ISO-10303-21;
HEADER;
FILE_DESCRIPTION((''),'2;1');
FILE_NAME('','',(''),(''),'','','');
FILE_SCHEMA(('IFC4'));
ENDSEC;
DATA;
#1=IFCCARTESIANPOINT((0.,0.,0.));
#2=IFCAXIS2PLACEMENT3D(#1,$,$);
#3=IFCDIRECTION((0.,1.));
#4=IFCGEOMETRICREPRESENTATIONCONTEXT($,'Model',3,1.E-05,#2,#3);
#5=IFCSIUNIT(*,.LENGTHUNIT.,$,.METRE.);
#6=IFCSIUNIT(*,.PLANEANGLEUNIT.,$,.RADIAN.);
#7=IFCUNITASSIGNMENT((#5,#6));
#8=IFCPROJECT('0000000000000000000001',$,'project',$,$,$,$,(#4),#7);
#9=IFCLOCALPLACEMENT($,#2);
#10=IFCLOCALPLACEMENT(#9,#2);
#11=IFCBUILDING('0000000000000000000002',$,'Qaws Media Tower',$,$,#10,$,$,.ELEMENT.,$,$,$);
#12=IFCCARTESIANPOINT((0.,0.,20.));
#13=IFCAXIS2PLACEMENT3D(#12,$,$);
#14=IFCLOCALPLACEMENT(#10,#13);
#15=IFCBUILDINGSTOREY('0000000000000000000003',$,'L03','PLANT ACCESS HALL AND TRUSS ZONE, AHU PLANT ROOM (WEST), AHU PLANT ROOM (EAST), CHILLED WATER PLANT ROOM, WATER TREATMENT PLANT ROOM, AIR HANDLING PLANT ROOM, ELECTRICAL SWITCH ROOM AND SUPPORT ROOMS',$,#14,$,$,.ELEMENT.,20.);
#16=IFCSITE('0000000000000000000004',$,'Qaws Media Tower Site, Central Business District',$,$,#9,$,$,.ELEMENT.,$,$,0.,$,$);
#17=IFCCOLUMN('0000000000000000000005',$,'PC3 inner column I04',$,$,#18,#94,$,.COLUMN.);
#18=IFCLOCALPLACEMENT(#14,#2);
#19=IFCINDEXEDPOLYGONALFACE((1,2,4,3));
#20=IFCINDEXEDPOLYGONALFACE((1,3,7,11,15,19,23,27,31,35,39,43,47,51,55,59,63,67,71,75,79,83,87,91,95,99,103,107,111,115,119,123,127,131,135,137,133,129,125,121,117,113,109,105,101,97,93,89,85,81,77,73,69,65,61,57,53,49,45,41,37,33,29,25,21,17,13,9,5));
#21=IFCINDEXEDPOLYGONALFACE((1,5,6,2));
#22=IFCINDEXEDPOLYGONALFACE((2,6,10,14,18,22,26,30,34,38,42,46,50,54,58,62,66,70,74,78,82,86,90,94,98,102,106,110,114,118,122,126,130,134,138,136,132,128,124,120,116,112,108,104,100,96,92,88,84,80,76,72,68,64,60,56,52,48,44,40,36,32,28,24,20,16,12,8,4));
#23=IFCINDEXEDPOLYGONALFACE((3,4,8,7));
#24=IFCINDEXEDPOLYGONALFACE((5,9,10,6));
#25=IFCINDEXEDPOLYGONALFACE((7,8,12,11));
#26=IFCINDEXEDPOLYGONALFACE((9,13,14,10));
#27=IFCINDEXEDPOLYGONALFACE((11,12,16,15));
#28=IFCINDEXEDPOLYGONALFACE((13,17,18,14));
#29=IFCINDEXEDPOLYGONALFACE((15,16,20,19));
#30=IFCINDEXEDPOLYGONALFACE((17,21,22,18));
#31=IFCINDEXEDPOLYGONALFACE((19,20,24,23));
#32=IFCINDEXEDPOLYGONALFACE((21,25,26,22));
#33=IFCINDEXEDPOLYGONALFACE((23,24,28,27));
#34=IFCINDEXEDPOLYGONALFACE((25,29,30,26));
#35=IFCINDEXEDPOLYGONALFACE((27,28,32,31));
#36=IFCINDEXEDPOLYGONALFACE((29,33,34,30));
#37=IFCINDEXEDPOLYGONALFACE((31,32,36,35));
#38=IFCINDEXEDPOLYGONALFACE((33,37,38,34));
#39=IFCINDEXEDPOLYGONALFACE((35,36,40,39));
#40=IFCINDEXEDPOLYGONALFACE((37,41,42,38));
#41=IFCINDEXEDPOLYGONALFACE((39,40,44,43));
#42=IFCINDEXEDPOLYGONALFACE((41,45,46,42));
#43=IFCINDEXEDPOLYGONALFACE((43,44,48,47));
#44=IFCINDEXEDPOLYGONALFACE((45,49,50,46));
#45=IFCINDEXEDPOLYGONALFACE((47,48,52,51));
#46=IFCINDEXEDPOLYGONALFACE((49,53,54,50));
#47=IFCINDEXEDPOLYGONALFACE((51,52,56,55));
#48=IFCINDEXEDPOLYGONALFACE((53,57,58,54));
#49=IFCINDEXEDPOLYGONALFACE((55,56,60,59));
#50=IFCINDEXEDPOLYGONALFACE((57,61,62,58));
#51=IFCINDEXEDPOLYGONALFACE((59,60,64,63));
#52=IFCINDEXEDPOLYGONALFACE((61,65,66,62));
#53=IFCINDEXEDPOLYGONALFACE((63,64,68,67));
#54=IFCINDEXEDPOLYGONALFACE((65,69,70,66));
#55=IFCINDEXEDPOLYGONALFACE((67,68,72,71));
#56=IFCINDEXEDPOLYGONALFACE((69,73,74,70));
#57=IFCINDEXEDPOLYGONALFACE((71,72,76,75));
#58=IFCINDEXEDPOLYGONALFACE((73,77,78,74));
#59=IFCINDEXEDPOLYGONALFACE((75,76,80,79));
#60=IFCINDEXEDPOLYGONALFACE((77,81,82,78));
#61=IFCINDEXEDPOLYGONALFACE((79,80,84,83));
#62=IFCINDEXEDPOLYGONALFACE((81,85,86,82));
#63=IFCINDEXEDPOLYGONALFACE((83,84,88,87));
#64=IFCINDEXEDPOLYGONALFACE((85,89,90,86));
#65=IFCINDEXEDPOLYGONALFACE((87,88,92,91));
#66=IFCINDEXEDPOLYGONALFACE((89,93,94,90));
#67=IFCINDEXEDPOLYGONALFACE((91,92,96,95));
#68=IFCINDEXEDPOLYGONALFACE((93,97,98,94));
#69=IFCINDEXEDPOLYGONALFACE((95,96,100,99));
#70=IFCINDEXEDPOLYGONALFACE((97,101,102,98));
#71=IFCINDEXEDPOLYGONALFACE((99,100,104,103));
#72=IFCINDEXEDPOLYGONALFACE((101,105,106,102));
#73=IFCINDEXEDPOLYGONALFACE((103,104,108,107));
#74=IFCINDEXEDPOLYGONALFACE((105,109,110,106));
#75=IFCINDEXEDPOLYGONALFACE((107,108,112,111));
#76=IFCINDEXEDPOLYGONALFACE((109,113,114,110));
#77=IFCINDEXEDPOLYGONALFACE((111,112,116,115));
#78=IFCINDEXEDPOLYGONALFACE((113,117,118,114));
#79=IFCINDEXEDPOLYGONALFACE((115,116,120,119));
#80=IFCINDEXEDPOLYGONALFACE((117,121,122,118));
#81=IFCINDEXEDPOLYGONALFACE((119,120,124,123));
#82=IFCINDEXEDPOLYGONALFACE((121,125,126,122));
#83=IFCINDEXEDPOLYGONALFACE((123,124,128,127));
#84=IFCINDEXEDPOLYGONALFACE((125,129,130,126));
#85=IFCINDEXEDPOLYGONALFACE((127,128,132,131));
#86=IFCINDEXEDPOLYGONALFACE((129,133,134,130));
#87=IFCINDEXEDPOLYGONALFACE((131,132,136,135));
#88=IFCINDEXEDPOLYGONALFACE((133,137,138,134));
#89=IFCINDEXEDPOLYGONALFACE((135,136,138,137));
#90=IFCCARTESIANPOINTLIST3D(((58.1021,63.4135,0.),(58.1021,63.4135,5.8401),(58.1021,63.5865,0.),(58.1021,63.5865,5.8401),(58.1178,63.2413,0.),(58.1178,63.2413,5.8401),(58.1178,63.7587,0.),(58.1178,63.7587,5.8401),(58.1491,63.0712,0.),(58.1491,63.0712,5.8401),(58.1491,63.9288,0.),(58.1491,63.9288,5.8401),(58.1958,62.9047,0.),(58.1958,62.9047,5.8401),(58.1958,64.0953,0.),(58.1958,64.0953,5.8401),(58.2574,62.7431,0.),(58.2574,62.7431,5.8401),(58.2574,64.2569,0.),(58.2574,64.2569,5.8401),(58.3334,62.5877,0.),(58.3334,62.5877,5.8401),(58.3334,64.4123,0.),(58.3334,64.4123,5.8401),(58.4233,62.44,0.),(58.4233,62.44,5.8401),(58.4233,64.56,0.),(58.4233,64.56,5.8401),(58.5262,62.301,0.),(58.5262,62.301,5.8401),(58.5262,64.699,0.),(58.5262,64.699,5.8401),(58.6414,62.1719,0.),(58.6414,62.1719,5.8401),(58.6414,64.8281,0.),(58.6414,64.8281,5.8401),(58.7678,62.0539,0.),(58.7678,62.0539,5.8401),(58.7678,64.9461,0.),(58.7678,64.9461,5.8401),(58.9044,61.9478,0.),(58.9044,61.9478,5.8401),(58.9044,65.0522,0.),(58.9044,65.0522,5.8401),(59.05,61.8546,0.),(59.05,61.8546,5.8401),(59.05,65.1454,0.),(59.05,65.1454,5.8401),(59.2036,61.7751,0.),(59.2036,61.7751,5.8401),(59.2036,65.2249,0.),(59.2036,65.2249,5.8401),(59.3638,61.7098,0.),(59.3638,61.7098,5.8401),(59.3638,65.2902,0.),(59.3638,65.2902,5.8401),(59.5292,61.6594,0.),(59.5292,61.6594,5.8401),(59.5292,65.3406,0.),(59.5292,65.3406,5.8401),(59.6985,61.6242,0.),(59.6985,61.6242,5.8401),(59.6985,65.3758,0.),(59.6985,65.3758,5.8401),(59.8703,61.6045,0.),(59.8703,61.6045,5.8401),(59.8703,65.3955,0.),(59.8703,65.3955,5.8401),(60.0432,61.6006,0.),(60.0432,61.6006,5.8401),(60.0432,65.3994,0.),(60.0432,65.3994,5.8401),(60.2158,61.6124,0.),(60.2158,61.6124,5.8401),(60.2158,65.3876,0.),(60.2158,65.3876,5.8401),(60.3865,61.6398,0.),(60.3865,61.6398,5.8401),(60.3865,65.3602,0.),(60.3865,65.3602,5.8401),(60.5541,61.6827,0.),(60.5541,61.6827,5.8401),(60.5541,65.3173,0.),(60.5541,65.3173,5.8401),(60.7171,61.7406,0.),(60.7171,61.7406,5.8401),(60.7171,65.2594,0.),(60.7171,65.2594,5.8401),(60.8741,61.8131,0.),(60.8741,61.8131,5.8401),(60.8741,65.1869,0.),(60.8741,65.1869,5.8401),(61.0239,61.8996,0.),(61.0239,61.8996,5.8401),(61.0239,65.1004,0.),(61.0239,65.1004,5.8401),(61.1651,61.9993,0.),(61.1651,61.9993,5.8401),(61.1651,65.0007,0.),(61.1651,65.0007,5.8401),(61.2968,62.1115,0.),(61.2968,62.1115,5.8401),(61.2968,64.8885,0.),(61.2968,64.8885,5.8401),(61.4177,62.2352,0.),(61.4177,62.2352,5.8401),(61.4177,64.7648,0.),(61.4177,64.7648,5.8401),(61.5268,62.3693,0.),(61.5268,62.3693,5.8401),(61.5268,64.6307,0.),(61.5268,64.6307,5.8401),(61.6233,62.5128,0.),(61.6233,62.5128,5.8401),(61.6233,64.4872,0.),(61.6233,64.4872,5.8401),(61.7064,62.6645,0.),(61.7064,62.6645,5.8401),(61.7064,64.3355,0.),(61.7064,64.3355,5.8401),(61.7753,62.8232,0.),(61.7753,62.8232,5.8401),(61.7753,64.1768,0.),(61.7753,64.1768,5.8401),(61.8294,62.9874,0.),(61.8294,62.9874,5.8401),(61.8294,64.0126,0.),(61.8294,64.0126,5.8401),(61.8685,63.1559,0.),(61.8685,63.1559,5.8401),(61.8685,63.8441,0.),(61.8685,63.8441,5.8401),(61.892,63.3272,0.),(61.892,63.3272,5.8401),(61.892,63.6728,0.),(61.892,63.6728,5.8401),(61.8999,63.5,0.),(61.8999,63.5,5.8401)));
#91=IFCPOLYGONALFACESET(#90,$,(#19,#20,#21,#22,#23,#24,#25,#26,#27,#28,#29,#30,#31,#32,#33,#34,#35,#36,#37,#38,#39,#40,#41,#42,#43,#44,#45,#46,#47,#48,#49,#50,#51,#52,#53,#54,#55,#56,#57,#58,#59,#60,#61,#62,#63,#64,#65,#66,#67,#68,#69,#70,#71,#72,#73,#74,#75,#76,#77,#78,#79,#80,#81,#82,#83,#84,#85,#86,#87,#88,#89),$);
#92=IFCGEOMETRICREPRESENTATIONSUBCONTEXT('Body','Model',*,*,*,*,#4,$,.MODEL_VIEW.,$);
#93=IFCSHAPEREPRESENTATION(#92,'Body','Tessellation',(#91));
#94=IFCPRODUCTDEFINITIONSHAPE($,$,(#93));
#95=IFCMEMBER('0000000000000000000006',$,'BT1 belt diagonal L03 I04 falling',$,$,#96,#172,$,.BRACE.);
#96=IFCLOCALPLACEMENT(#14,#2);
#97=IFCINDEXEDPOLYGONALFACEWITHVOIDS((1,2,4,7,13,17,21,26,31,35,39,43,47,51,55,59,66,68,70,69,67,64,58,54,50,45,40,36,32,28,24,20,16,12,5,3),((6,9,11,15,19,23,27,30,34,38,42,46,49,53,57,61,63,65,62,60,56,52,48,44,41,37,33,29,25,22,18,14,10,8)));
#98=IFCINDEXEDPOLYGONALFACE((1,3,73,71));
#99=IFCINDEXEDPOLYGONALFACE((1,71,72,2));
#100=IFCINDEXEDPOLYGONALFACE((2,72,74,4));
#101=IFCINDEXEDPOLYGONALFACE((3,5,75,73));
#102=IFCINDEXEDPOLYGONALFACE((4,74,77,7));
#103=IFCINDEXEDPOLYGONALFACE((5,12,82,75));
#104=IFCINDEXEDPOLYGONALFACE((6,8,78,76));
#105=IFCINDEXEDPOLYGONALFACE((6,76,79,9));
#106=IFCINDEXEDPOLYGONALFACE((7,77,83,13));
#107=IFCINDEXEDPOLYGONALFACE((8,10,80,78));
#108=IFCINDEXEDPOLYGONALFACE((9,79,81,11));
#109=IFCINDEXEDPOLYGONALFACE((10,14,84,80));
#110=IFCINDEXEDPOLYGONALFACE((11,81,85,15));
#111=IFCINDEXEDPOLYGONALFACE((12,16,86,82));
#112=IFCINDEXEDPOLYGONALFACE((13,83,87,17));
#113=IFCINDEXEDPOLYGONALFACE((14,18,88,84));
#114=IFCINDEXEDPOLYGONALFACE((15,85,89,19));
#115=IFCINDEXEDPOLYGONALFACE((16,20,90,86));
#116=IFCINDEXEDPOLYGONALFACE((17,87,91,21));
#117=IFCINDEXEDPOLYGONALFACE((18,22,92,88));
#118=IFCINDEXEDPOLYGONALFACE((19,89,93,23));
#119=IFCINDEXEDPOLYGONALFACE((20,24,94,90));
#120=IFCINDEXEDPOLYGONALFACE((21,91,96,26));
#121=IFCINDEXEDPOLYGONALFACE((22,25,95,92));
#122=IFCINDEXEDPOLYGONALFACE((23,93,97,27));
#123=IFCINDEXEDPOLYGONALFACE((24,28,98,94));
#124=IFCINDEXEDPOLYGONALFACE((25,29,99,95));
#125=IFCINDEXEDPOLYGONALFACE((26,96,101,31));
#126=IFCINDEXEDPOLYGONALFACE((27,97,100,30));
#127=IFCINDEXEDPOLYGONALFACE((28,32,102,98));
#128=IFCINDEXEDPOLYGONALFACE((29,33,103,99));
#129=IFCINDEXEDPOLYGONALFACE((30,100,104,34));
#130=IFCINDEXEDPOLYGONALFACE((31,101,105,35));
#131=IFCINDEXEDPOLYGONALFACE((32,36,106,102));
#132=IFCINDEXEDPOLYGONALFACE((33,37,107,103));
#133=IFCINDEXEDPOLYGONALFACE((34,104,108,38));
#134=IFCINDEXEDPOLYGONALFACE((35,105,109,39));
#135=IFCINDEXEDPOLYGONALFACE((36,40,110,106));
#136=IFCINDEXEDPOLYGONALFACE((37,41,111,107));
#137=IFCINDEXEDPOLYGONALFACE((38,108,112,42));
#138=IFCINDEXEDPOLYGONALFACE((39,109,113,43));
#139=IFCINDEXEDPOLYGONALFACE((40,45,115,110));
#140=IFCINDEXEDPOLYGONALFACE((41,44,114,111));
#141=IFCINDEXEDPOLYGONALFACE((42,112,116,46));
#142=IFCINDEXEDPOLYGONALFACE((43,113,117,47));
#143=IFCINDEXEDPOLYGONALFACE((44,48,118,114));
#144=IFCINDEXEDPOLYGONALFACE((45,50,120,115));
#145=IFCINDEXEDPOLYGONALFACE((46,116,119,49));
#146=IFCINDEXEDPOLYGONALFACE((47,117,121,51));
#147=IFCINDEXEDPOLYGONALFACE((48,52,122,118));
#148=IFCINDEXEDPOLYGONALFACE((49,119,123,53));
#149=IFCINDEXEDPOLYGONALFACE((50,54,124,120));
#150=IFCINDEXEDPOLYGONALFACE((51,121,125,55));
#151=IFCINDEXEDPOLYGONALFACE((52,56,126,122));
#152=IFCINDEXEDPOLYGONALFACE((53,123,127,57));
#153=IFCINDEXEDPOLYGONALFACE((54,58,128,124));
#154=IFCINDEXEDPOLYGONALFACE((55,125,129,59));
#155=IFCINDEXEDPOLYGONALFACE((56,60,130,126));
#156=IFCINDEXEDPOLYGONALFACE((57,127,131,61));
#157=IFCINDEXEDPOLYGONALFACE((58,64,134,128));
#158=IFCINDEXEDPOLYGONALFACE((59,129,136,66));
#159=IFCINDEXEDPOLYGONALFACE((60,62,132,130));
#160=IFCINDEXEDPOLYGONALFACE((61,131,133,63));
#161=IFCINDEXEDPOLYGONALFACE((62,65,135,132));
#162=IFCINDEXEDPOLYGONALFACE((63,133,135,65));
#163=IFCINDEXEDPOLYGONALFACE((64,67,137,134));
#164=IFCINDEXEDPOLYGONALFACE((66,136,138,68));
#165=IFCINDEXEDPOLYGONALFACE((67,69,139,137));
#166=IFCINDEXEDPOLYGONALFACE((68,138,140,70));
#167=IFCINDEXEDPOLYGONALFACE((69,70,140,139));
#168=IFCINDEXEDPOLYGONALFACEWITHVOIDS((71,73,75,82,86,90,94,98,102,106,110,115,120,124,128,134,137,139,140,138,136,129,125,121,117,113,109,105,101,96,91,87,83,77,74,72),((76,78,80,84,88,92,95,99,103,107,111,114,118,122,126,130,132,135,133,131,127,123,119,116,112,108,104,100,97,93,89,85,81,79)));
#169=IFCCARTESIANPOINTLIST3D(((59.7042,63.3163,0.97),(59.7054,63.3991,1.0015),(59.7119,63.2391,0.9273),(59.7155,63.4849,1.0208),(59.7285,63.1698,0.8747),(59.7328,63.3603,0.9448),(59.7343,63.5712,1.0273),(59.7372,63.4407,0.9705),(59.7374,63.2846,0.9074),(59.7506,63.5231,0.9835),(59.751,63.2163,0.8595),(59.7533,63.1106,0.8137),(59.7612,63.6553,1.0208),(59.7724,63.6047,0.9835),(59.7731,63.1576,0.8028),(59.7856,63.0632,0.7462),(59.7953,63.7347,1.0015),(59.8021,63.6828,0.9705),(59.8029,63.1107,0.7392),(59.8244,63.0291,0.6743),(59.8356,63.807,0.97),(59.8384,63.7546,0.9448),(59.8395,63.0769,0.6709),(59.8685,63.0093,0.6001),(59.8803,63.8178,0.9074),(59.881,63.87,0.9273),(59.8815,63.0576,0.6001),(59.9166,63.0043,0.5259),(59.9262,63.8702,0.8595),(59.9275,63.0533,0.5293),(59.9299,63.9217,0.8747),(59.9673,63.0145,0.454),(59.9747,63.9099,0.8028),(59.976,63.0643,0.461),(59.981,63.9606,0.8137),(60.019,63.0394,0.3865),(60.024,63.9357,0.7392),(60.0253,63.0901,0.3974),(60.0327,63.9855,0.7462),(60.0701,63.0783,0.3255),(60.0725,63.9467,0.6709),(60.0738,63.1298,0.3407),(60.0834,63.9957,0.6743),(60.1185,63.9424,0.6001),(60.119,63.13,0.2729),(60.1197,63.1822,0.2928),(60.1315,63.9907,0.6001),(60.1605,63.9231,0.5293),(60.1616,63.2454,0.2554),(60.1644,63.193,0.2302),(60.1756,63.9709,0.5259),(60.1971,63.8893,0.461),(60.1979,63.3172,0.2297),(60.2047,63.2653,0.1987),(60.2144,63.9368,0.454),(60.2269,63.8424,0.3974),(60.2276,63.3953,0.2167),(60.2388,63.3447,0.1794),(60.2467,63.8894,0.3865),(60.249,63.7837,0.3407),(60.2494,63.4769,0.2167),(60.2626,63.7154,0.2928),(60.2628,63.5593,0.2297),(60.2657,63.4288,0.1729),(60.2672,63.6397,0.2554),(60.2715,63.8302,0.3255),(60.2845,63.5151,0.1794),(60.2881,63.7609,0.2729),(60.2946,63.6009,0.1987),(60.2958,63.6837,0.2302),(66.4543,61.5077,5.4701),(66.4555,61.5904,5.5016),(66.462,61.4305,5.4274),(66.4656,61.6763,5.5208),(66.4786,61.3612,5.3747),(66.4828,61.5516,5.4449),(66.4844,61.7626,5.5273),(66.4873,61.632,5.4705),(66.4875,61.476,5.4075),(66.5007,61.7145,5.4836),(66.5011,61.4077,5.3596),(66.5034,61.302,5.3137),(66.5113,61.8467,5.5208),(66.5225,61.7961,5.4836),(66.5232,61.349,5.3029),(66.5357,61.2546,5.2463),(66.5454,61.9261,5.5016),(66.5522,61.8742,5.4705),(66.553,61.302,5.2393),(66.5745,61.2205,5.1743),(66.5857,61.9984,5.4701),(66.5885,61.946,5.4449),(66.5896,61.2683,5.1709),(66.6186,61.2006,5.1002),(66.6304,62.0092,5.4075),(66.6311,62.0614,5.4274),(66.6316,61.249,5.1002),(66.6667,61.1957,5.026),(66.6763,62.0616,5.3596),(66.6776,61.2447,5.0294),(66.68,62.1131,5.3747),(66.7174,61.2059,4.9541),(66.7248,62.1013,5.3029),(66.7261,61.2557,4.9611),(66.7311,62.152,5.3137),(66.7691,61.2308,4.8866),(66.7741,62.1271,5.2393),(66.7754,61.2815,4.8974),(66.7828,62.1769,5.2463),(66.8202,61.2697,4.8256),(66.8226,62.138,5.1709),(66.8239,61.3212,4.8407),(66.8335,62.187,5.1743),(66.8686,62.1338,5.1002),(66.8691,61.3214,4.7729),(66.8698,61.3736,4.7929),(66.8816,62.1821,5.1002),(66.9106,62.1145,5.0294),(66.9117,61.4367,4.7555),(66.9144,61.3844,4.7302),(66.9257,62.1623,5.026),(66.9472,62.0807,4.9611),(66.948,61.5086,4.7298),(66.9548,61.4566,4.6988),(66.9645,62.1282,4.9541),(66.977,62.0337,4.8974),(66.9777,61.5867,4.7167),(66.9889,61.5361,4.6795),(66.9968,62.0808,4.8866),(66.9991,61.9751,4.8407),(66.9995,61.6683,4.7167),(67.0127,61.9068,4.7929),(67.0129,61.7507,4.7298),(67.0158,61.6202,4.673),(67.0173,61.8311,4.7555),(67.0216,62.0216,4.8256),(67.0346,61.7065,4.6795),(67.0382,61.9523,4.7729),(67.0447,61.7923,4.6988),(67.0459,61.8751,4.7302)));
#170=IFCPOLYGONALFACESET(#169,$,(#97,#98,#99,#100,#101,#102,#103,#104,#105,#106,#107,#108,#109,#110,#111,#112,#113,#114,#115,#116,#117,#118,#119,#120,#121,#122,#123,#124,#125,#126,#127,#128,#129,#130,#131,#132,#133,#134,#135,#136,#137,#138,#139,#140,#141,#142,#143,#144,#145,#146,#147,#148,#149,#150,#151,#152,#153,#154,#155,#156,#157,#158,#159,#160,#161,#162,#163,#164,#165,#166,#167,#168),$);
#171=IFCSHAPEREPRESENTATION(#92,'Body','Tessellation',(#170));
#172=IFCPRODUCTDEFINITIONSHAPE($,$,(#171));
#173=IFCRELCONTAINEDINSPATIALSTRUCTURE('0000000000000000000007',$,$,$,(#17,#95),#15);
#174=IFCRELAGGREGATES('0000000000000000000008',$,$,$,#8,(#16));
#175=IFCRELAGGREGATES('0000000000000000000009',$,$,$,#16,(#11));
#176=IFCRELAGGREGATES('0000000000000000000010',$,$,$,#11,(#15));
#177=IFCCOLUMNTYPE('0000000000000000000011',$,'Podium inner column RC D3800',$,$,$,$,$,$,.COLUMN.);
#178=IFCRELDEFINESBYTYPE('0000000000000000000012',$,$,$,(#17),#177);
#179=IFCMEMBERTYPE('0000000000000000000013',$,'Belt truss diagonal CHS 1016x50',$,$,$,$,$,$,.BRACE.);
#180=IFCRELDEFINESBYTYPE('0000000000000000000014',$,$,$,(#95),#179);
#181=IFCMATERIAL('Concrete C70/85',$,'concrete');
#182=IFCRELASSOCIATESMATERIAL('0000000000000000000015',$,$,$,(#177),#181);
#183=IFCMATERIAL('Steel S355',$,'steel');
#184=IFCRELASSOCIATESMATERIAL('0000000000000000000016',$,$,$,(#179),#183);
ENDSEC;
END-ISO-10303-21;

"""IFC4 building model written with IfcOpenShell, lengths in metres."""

from ifc_helpers import new_model, si_unit, direction, frame, origin, origin_2d, place, context, subcontext, project, spatial, circle, hollow_circle, extrude, material, material_profile, profile_set, type_object, element, save


model = new_model("IFC4")

# Units and contexts
model_context = context("Model", 3, precision=1e-05, world=origin(), true_north=direction((0.0, 1.0)))
body_context = subcontext(model_context, "Body", "Model", "MODEL_VIEW")
ifc_project = project(units=[si_unit("LENGTHUNIT", "METRE"), si_unit("PLANEANGLEUNIT", "RADIAN")], contexts=[model_context])

# Site, building, storey
site_placement = place(None, origin())
site = spatial("IfcSite", under=ifc_project, at=site_placement, Name="Qaws Media Tower Site, Central Business District", CompositionType="ELEMENT", RefElevation=0.0)
building_placement = place(site_placement, origin())
building = spatial("IfcBuilding", under=site, at=building_placement, Name="Qaws Media Tower", CompositionType="ELEMENT")
storey_placement = place(building_placement, frame((0.0, 0.0, 20.0)))
storey = spatial("IfcBuildingStorey", under=building, at=storey_placement, Name="L03", Description="PLANT ACCESS HALL AND TRUSS ZONE, AHU PLANT ROOM (WEST), AHU PLANT ROOM (EAST), CHILLED WATER PLANT ROOM, WATER TREATMENT PLANT ROOM, AIR HANDLING PLANT ROOM, ELECTRICAL SWITCH ROOM AND SUPPORT ROOMS", CompositionType="ELEMENT", Elevation=20.0)

# Column
ifc_material_1 = material(Name="Concrete C70/85", Category="concrete")
ifc_material_profile_1 = material_profile(ifc_material_1, circle(Radius=1.8999, at=origin_2d()), Name="RC D3800")
ifc_profile_set_1 = profile_set([ifc_material_profile_1], Name="Concrete C70/85")
column_type = type_object("IfcColumnType", Name="Podium inner column RC D3800", PredefinedType="COLUMN", material=ifc_profile_set_1)
column_placement = place(storey_placement, frame((60.0, 63.5, 0.0), z_axis=(0.0, 0.0, 1.0), x_axis=(1.0, 0.0, 0.0)))
element("IfcColumn", 1, at=column_placement, inside=storey, type_object=column_type, Name="PC3 inner column I04", PredefinedType="COLUMN", context=body_context, shape_type="SweptSolid", body=[
    extrude(circle(Radius=1.8999, at=origin_2d()), origin(), (0.0, 0.0, 1.0), 5.8401),
])

# Member
ifc_material_2 = material(Name="Steel S355", Category="steel")
ifc_material_profile_2 = material_profile(ifc_material_2, hollow_circle(Radius=0.5081, WallThickness=0.05, at=origin_2d()), Name="CHS 1016x50")
ifc_profile_set_2 = profile_set([ifc_material_profile_2], Name="Steel S355")
member_type = type_object("IfcMemberType", Name="Belt truss diagonal CHS 1016x50", PredefinedType="BRACE", material=ifc_profile_set_2)
for number, where, z_axis, x_axis, name in (
    (2, (60.0, 63.5, 0.6001), (0.812113, -0.217597, 0.541409), (0.258811, 0.965928, 0.0), "BT1 belt diagonal L03 I04 falling"),
):
    element("IfcMember", number, at=place(storey_placement, frame(where, z_axis=z_axis, x_axis=x_axis)), inside=storey, type_object=member_type, Name=name, PredefinedType="BRACE", context=body_context, shape_type="SweptSolid", body=[
        extrude(hollow_circle(Radius=0.5081, WallThickness=0.05, at=origin_2d()), origin(), (0.0, 0.0, 1.0), 8.3118),
    ])

save(model, "model.ifc")
